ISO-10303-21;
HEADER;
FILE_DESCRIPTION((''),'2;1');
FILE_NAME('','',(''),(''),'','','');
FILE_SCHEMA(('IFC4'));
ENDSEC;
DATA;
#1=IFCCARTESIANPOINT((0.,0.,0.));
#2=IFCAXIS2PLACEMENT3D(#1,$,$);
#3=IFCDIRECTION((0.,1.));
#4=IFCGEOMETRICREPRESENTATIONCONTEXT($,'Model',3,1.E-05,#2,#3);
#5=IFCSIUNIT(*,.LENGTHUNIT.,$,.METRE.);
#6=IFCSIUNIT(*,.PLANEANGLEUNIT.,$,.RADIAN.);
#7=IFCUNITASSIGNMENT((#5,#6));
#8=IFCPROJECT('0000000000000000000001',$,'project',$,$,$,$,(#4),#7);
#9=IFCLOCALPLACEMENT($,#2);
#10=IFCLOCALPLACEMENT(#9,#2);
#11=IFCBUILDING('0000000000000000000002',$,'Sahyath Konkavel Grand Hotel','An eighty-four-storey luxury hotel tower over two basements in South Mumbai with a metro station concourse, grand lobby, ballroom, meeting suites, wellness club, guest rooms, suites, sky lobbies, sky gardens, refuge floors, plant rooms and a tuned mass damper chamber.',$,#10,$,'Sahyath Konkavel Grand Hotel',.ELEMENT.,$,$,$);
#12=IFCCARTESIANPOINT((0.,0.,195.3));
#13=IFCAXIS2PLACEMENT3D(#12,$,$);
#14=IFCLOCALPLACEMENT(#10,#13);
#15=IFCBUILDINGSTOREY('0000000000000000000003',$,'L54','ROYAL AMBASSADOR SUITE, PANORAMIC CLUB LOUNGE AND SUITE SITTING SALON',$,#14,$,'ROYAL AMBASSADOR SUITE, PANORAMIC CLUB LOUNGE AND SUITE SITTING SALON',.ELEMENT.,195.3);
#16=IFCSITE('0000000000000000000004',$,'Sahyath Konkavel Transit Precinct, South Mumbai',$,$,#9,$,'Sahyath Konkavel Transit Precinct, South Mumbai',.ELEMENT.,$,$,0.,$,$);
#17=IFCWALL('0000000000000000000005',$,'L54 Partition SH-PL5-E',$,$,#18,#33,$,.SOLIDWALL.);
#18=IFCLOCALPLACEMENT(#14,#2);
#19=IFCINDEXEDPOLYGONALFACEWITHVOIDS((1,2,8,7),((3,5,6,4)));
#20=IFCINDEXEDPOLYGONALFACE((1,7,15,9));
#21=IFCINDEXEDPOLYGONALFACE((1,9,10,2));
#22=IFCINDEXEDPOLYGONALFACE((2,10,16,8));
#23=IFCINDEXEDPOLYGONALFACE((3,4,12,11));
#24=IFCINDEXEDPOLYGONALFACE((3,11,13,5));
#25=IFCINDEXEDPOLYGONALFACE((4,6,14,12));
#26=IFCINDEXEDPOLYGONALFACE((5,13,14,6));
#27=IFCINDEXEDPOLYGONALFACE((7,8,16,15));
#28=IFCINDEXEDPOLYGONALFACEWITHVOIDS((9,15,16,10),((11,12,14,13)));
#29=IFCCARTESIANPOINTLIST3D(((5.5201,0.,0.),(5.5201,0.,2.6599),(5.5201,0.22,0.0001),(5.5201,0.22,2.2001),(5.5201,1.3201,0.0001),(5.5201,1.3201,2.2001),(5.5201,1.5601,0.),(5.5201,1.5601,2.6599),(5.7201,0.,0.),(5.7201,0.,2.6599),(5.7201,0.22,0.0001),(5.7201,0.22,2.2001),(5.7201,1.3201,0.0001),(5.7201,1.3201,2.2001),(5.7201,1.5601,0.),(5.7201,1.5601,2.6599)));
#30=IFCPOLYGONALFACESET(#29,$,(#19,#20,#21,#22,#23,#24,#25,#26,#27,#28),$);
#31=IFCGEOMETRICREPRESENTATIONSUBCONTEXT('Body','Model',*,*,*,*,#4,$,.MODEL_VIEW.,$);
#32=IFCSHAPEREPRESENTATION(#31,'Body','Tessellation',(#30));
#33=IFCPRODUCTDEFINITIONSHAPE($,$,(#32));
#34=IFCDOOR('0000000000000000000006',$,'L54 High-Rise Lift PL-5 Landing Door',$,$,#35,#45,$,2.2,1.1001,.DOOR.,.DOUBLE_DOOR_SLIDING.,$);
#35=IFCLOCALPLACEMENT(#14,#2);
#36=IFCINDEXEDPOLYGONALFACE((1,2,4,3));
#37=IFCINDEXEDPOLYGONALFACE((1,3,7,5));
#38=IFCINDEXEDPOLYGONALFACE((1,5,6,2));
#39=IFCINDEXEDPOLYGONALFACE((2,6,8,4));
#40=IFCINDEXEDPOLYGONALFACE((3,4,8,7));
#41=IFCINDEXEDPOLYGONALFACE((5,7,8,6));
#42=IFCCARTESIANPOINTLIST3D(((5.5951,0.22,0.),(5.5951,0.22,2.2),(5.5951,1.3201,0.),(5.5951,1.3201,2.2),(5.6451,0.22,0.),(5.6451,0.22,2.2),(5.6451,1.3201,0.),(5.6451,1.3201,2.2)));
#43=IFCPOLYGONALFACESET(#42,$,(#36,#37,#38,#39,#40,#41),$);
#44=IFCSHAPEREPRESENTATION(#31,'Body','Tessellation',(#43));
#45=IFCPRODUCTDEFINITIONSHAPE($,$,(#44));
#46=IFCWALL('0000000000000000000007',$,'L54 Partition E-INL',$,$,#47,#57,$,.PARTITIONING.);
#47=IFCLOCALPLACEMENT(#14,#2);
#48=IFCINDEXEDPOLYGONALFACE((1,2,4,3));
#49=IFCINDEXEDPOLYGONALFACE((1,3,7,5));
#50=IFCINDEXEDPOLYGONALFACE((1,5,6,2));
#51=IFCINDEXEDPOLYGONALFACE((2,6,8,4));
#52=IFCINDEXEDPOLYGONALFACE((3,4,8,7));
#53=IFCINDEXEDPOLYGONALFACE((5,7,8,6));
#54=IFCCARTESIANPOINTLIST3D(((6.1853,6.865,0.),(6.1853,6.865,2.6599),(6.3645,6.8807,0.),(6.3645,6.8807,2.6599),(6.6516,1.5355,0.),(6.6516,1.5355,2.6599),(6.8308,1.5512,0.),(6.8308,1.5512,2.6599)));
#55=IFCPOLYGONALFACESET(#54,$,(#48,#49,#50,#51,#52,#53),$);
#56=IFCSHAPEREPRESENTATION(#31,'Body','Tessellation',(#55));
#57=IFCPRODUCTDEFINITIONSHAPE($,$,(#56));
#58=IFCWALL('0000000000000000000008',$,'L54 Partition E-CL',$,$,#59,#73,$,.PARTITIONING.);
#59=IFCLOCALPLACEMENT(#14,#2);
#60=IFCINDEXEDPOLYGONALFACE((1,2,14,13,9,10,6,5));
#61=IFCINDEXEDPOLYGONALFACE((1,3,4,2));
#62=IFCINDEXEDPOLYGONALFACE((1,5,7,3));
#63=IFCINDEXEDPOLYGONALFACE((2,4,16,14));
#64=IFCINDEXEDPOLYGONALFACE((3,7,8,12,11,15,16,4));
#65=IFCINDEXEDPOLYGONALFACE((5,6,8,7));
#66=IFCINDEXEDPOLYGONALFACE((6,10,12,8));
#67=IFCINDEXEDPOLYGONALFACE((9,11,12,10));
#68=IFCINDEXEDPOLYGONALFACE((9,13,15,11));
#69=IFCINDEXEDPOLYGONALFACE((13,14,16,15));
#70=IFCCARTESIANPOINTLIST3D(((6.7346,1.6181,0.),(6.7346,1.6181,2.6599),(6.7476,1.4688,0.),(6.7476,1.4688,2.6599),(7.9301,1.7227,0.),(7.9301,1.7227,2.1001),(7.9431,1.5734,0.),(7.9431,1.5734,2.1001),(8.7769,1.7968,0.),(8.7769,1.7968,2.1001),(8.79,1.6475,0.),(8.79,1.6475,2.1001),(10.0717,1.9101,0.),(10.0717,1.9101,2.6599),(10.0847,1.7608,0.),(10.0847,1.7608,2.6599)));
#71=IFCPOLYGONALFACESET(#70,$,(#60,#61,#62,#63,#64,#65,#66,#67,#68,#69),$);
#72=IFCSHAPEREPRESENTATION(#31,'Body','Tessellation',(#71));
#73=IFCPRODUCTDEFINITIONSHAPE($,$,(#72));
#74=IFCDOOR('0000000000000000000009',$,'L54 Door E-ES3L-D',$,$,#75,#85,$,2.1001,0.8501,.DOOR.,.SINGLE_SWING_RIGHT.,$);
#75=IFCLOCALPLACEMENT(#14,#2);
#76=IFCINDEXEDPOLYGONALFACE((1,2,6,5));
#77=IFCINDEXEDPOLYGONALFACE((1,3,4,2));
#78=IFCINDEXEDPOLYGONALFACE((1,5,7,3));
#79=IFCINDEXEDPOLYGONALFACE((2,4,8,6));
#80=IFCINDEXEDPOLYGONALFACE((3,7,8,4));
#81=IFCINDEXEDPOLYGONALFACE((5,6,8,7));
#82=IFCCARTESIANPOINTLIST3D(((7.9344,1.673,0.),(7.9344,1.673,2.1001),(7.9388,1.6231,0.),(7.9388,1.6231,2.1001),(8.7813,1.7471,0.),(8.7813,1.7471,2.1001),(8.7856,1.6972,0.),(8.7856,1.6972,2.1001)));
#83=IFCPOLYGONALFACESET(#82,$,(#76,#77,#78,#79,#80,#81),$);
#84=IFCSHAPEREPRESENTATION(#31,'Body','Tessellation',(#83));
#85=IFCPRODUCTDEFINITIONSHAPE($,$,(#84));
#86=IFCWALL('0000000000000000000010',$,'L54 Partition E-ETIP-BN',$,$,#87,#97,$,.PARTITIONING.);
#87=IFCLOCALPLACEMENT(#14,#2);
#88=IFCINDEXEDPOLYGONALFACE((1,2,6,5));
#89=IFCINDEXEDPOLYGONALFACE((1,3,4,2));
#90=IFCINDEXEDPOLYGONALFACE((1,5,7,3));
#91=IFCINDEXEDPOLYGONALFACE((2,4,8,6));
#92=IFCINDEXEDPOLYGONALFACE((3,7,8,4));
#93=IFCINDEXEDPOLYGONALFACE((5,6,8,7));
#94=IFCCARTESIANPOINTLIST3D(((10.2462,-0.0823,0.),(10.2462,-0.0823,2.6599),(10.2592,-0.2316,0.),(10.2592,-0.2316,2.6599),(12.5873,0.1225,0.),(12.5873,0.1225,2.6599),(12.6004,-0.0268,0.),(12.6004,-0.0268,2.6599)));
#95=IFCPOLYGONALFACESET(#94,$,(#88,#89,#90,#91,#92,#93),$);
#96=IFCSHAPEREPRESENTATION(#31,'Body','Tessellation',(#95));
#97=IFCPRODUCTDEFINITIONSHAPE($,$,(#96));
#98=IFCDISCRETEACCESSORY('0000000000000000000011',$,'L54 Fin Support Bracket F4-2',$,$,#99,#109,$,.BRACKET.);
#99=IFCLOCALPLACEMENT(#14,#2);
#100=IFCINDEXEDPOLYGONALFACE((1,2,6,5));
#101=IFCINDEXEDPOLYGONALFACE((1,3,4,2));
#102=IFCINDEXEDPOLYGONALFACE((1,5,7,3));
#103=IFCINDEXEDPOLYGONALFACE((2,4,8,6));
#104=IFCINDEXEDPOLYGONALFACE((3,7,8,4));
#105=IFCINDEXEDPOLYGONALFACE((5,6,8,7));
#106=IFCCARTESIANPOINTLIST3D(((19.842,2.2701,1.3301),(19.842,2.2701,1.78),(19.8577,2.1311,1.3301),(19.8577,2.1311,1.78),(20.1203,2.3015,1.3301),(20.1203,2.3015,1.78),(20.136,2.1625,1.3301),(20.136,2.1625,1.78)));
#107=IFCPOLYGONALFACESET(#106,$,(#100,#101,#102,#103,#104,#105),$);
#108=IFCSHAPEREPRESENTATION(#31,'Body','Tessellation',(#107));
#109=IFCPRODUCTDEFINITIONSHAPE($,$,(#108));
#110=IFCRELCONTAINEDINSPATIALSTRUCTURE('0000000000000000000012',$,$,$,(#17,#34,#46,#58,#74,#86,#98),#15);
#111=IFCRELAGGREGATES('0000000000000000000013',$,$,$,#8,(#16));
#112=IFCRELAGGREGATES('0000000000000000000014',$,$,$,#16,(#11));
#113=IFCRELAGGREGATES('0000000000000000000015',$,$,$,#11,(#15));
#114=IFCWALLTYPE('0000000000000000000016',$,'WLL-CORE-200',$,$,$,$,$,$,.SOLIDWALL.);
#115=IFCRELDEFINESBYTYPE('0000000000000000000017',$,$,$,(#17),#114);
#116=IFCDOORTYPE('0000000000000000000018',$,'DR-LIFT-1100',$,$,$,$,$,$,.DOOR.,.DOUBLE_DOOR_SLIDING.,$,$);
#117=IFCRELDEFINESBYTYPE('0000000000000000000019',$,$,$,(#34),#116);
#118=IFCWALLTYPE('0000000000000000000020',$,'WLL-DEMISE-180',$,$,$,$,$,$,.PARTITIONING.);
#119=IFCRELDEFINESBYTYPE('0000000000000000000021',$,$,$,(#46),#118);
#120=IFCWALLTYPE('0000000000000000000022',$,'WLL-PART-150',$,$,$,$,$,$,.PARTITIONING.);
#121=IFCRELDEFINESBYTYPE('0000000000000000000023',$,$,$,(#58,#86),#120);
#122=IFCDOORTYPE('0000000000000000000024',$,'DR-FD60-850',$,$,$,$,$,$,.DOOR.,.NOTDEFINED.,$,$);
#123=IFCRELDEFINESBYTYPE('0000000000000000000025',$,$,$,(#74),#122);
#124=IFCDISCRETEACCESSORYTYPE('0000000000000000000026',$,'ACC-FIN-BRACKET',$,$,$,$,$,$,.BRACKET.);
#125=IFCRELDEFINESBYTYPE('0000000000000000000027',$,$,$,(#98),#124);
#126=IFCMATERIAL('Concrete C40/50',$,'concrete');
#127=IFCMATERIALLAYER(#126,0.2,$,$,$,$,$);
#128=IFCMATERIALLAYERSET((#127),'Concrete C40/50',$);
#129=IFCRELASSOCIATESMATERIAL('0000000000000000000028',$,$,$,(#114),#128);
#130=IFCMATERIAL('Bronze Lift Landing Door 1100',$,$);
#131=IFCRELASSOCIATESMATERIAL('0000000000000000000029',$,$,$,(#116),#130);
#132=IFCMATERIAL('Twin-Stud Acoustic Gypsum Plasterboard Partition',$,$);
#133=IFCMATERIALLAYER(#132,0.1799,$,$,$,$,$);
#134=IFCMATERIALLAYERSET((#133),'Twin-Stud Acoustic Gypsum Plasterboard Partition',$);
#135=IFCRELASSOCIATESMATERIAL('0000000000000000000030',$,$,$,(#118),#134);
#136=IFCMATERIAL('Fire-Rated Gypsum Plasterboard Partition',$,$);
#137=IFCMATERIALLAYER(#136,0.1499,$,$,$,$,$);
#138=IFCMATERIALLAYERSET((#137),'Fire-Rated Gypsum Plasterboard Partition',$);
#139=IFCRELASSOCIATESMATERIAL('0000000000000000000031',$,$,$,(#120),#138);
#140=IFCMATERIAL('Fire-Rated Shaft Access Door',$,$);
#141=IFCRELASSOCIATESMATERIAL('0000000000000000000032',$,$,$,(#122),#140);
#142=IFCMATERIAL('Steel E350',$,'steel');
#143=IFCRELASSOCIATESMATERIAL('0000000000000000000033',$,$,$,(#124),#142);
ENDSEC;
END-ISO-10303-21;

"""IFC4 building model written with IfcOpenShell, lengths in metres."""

from ifc_helpers import new_model, si_unit, direction, frame, frame_2d, origin, origin_2d, place, context, subcontext, project, spatial, rectangle, extrude, source, transform, mapped, material, layer, layer_set, type_object, element, fill, save


model = new_model("IFC4")

# Units and contexts
model_context = context("Model", 3, precision=1e-05, world=origin(), true_north=direction((0.0, 1.0)))
body_context = subcontext(model_context, "Body", "Model", "MODEL_VIEW")
ifc_project = project(units=[si_unit("LENGTHUNIT", "METRE"), si_unit("PLANEANGLEUNIT", "RADIAN")], contexts=[model_context])

# Site, building, storey
site_placement = place(None, origin())
site = spatial("IfcSite", under=ifc_project, at=site_placement, Name="Sahyath Konkavel Transit Precinct, South Mumbai", LongName="Sahyath Konkavel Transit Precinct, South Mumbai", CompositionType="ELEMENT", RefElevation=0.0)
building_placement = place(site_placement, origin())
building = spatial("IfcBuilding", under=site, at=building_placement, Name="Sahyath Konkavel Grand Hotel", Description="An eighty-four-storey luxury hotel tower over two basements in South Mumbai with a metro station concourse, grand lobby, ballroom, meeting suites, wellness club, guest rooms, suites, sky lobbies, sky gardens, refuge floors, plant rooms and a tuned mass damper chamber.", LongName="Sahyath Konkavel Grand Hotel", CompositionType="ELEMENT")
storey_placement = place(building_placement, frame((0.0, 0.0, 195.3)))
storey = spatial("IfcBuildingStorey", under=building, at=storey_placement, Name="L54", Description="ROYAL AMBASSADOR SUITE, PANORAMIC CLUB LOUNGE AND SUITE SITTING SALON", LongName="ROYAL AMBASSADOR SUITE, PANORAMIC CLUB LOUNGE AND SUITE SITTING SALON", CompositionType="ELEMENT", Elevation=195.3)

# Shared definitions
ifc_material_1 = material(Name="Concrete C40/50", Category="concrete")

# Shared definitions
ifc_material_2 = material(Name="Steel E350", Category="steel")

# Wall, opening, door
ifc_layer_1 = layer(ifc_material_1, 0.2)
ifc_layer_set_1 = layer_set([ifc_layer_1], Name="Concrete C40/50")
wall_type_1 = type_object("IfcWallType", Name="WLL-CORE-200", PredefinedType="SOLIDWALL", material=ifc_layer_set_1)
wall_1_placement = place(storey_placement, frame((5.6201, 0.0, 0.0), z_axis=(0.0, 0.0, 1.0), x_axis=(0.0, 1.0, 0.0)))
wall_1 = element("IfcWall", 1, at=wall_1_placement, inside=storey, type_object=wall_type_1, Name="L54 Partition SH-PL5-E", PredefinedType="SOLIDWALL", context=body_context, shape_type="SweptSolid", body=[
    extrude(rectangle(XDim=1.5601, YDim=0.2, at=frame_2d((0.78, 0.0))), origin(), (0.0, 0.0, 1.0), 2.6599),
])
opening_1_placement = place(wall_1_placement, frame((0.22, 0.0, 0.0)))
opening_1 = element("IfcOpeningElement", 2, at=opening_1_placement, cuts=wall_1, PredefinedType="OPENING", context=body_context, shape_type="SweptSolid", body=[
    extrude(rectangle(XDim=1.1001, YDim=2.2, at=frame_2d((0.55, 1.1001))), frame((0.0, 0.1099, 0.0), z_axis=(0.0, -1.0, 0.0), x_axis=(1.0, 0.0, 0.0)), (0.0, 0.0, 1.0), 0.22),
])
ifc_material_3 = material(Name="Bronze Lift Landing Door 1100")
door_type_1 = type_object("IfcDoorType", Name="DR-LIFT-1100", OperationType="DOUBLE_DOOR_SLIDING", PredefinedType="DOOR", material=ifc_material_3)
shared_shape_1 = source(origin(), body_context, "Body", "SweptSolid", [
    extrude(rectangle(XDim=1.1001, YDim=0.05, at=origin_2d()), origin(), (0.0, 0.0, 1.0), 2.2),
])
door_1_placement = place(opening_1_placement, frame((0.55, 0.0, 0.0)))
door_1 = element("IfcDoor", 3, at=door_1_placement, inside=storey, type_object=door_type_1, Name="L54 High-Rise Lift PL-5 Landing Door", OperationType="DOUBLE_DOOR_SLIDING", OverallHeight=2.2, OverallWidth=1.1001, PredefinedType="DOOR", context=body_context, shape_type="MappedRepresentation", body=[
    mapped(shared_shape_1, transform((0.0, 0.0, 0.0), scale=1.0)),
])
fill(opening_1, door_1)

# Wall
ifc_material_4 = material(Name="Twin-Stud Acoustic Gypsum Plasterboard Partition")
ifc_layer_2 = layer(ifc_material_4, 0.1799)
ifc_layer_set_2 = layer_set([ifc_layer_2], Name="Twin-Stud Acoustic Gypsum Plasterboard Partition")
wall_type_2 = type_object("IfcWallType", Name="WLL-DEMISE-180", PredefinedType="PARTITIONING", material=ifc_layer_set_2)
wall_2_placement = place(storey_placement, frame((6.7412, 1.5435, 0.0), z_axis=(0.0, 0.0, 1.0), x_axis=(-0.087161, 0.996194, 0.0)))
element("IfcWall", 4, at=wall_2_placement, inside=storey, type_object=wall_type_2, Name="L54 Partition E-INL", PredefinedType="PARTITIONING", context=body_context, shape_type="SweptSolid", body=[
    extrude(rectangle(XDim=5.3499, YDim=0.1799, at=frame_2d((2.6748, 0.0))), origin(), (0.0, 0.0, 1.0), 2.6599),
])

# Wall, opening, door
ifc_material_5 = material(Name="Fire-Rated Gypsum Plasterboard Partition")
ifc_layer_3 = layer(ifc_material_5, 0.1499)
ifc_layer_set_3 = layer_set([ifc_layer_3], Name="Fire-Rated Gypsum Plasterboard Partition")
wall_type_3 = type_object("IfcWallType", Name="WLL-PART-150", PredefinedType="PARTITIONING", material=ifc_layer_set_3)
wall_3_placement = place(storey_placement, frame((6.7412, 1.5435, 0.0), z_axis=(0.0, 0.0, 1.0), x_axis=(0.996194, 0.087164, 0.0)))
wall_3 = element("IfcWall", 5, at=wall_3_placement, inside=storey, type_object=wall_type_3, Name="L54 Partition E-CL", PredefinedType="PARTITIONING", context=body_context, shape_type="SweptSolid", body=[
    extrude(rectangle(XDim=3.3499, YDim=0.1499, at=frame_2d((1.6748, 0.0))), origin(), (0.0, 0.0, 1.0), 2.6599),
])
opening_2_placement = place(wall_3_placement, frame((1.2, 0.0, 0.0)))
opening_2 = element("IfcOpeningElement", 6, at=opening_2_placement, cuts=wall_3, PredefinedType="OPENING", context=body_context, shape_type="SweptSolid", body=[
    extrude(rectangle(XDim=0.8501, YDim=2.1001, at=frame_2d((0.425, 1.05))), frame((0.0, 0.085, 0.0), z_axis=(0.0, -1.0, 0.0), x_axis=(1.0, 0.0, 0.0)), (0.0, 0.0, 1.0), 0.1699),
])
ifc_material_6 = material(Name="Fire-Rated Shaft Access Door")
door_type_2 = type_object("IfcDoorType", Name="DR-FD60-850", OperationType="NOTDEFINED", PredefinedType="DOOR", material=ifc_material_6)
shared_shape_2 = source(origin(), body_context, "Body", "SweptSolid", [
    extrude(rectangle(XDim=0.8501, YDim=0.05, at=origin_2d()), origin(), (0.0, 0.0, 1.0), 2.1001),
])
door_2_placement = place(opening_2_placement, frame((0.425, 0.0, 0.0)))
door_2 = element("IfcDoor", 7, at=door_2_placement, inside=storey, type_object=door_type_2, Name="L54 Door E-ES3L-D", OperationType="SINGLE_SWING_RIGHT", OverallHeight=2.1001, OverallWidth=0.8501, PredefinedType="DOOR", context=body_context, shape_type="MappedRepresentation", body=[
    mapped(shared_shape_2, transform((0.0, 0.0, 0.0), scale=1.0)),
])
fill(opening_2, door_2)

# Wall
wall_4_placement = place(storey_placement, frame((10.2527, -0.157, 0.0), z_axis=(0.0, 0.0, 1.0), x_axis=(0.996194, 0.087163, 0.0)))
element("IfcWall", 8, at=wall_4_placement, inside=storey, type_object=wall_type_3, Name="L54 Partition E-ETIP-BN", PredefinedType="PARTITIONING", context=body_context, shape_type="SweptSolid", body=[
    extrude(rectangle(XDim=2.3501, YDim=0.1499, at=frame_2d((1.175, 0.0))), origin(), (0.0, 0.0, 1.0), 2.6599),
])

# Discrete accessory
discrete_accessory_type = type_object("IfcDiscreteAccessoryType", Name="ACC-FIN-BRACKET", PredefinedType="BRACKET", material=ifc_material_2)
shared_shape_3 = source(origin(), body_context, "Body", "SweptSolid", [
    extrude(rectangle(XDim=0.28, YDim=0.1399, at=origin_2d()), origin(), (0.0, 0.0, 1.0), 0.45),
])
discrete_accessory_placement = place(storey_placement, frame((19.989, 2.2163, 1.3301), z_axis=(0.0, 0.0, 1.0), x_axis=(0.993709, 0.111989, 0.0)))
element("IfcDiscreteAccessory", 9, at=discrete_accessory_placement, inside=storey, type_object=discrete_accessory_type, Name="L54 Fin Support Bracket F4-2", PredefinedType="BRACKET", context=body_context, shape_type="MappedRepresentation", body=[
    mapped(shared_shape_3, transform((0.0, 0.0, 0.0), scale=1.0)),
])

save(model, "model.ifc")
